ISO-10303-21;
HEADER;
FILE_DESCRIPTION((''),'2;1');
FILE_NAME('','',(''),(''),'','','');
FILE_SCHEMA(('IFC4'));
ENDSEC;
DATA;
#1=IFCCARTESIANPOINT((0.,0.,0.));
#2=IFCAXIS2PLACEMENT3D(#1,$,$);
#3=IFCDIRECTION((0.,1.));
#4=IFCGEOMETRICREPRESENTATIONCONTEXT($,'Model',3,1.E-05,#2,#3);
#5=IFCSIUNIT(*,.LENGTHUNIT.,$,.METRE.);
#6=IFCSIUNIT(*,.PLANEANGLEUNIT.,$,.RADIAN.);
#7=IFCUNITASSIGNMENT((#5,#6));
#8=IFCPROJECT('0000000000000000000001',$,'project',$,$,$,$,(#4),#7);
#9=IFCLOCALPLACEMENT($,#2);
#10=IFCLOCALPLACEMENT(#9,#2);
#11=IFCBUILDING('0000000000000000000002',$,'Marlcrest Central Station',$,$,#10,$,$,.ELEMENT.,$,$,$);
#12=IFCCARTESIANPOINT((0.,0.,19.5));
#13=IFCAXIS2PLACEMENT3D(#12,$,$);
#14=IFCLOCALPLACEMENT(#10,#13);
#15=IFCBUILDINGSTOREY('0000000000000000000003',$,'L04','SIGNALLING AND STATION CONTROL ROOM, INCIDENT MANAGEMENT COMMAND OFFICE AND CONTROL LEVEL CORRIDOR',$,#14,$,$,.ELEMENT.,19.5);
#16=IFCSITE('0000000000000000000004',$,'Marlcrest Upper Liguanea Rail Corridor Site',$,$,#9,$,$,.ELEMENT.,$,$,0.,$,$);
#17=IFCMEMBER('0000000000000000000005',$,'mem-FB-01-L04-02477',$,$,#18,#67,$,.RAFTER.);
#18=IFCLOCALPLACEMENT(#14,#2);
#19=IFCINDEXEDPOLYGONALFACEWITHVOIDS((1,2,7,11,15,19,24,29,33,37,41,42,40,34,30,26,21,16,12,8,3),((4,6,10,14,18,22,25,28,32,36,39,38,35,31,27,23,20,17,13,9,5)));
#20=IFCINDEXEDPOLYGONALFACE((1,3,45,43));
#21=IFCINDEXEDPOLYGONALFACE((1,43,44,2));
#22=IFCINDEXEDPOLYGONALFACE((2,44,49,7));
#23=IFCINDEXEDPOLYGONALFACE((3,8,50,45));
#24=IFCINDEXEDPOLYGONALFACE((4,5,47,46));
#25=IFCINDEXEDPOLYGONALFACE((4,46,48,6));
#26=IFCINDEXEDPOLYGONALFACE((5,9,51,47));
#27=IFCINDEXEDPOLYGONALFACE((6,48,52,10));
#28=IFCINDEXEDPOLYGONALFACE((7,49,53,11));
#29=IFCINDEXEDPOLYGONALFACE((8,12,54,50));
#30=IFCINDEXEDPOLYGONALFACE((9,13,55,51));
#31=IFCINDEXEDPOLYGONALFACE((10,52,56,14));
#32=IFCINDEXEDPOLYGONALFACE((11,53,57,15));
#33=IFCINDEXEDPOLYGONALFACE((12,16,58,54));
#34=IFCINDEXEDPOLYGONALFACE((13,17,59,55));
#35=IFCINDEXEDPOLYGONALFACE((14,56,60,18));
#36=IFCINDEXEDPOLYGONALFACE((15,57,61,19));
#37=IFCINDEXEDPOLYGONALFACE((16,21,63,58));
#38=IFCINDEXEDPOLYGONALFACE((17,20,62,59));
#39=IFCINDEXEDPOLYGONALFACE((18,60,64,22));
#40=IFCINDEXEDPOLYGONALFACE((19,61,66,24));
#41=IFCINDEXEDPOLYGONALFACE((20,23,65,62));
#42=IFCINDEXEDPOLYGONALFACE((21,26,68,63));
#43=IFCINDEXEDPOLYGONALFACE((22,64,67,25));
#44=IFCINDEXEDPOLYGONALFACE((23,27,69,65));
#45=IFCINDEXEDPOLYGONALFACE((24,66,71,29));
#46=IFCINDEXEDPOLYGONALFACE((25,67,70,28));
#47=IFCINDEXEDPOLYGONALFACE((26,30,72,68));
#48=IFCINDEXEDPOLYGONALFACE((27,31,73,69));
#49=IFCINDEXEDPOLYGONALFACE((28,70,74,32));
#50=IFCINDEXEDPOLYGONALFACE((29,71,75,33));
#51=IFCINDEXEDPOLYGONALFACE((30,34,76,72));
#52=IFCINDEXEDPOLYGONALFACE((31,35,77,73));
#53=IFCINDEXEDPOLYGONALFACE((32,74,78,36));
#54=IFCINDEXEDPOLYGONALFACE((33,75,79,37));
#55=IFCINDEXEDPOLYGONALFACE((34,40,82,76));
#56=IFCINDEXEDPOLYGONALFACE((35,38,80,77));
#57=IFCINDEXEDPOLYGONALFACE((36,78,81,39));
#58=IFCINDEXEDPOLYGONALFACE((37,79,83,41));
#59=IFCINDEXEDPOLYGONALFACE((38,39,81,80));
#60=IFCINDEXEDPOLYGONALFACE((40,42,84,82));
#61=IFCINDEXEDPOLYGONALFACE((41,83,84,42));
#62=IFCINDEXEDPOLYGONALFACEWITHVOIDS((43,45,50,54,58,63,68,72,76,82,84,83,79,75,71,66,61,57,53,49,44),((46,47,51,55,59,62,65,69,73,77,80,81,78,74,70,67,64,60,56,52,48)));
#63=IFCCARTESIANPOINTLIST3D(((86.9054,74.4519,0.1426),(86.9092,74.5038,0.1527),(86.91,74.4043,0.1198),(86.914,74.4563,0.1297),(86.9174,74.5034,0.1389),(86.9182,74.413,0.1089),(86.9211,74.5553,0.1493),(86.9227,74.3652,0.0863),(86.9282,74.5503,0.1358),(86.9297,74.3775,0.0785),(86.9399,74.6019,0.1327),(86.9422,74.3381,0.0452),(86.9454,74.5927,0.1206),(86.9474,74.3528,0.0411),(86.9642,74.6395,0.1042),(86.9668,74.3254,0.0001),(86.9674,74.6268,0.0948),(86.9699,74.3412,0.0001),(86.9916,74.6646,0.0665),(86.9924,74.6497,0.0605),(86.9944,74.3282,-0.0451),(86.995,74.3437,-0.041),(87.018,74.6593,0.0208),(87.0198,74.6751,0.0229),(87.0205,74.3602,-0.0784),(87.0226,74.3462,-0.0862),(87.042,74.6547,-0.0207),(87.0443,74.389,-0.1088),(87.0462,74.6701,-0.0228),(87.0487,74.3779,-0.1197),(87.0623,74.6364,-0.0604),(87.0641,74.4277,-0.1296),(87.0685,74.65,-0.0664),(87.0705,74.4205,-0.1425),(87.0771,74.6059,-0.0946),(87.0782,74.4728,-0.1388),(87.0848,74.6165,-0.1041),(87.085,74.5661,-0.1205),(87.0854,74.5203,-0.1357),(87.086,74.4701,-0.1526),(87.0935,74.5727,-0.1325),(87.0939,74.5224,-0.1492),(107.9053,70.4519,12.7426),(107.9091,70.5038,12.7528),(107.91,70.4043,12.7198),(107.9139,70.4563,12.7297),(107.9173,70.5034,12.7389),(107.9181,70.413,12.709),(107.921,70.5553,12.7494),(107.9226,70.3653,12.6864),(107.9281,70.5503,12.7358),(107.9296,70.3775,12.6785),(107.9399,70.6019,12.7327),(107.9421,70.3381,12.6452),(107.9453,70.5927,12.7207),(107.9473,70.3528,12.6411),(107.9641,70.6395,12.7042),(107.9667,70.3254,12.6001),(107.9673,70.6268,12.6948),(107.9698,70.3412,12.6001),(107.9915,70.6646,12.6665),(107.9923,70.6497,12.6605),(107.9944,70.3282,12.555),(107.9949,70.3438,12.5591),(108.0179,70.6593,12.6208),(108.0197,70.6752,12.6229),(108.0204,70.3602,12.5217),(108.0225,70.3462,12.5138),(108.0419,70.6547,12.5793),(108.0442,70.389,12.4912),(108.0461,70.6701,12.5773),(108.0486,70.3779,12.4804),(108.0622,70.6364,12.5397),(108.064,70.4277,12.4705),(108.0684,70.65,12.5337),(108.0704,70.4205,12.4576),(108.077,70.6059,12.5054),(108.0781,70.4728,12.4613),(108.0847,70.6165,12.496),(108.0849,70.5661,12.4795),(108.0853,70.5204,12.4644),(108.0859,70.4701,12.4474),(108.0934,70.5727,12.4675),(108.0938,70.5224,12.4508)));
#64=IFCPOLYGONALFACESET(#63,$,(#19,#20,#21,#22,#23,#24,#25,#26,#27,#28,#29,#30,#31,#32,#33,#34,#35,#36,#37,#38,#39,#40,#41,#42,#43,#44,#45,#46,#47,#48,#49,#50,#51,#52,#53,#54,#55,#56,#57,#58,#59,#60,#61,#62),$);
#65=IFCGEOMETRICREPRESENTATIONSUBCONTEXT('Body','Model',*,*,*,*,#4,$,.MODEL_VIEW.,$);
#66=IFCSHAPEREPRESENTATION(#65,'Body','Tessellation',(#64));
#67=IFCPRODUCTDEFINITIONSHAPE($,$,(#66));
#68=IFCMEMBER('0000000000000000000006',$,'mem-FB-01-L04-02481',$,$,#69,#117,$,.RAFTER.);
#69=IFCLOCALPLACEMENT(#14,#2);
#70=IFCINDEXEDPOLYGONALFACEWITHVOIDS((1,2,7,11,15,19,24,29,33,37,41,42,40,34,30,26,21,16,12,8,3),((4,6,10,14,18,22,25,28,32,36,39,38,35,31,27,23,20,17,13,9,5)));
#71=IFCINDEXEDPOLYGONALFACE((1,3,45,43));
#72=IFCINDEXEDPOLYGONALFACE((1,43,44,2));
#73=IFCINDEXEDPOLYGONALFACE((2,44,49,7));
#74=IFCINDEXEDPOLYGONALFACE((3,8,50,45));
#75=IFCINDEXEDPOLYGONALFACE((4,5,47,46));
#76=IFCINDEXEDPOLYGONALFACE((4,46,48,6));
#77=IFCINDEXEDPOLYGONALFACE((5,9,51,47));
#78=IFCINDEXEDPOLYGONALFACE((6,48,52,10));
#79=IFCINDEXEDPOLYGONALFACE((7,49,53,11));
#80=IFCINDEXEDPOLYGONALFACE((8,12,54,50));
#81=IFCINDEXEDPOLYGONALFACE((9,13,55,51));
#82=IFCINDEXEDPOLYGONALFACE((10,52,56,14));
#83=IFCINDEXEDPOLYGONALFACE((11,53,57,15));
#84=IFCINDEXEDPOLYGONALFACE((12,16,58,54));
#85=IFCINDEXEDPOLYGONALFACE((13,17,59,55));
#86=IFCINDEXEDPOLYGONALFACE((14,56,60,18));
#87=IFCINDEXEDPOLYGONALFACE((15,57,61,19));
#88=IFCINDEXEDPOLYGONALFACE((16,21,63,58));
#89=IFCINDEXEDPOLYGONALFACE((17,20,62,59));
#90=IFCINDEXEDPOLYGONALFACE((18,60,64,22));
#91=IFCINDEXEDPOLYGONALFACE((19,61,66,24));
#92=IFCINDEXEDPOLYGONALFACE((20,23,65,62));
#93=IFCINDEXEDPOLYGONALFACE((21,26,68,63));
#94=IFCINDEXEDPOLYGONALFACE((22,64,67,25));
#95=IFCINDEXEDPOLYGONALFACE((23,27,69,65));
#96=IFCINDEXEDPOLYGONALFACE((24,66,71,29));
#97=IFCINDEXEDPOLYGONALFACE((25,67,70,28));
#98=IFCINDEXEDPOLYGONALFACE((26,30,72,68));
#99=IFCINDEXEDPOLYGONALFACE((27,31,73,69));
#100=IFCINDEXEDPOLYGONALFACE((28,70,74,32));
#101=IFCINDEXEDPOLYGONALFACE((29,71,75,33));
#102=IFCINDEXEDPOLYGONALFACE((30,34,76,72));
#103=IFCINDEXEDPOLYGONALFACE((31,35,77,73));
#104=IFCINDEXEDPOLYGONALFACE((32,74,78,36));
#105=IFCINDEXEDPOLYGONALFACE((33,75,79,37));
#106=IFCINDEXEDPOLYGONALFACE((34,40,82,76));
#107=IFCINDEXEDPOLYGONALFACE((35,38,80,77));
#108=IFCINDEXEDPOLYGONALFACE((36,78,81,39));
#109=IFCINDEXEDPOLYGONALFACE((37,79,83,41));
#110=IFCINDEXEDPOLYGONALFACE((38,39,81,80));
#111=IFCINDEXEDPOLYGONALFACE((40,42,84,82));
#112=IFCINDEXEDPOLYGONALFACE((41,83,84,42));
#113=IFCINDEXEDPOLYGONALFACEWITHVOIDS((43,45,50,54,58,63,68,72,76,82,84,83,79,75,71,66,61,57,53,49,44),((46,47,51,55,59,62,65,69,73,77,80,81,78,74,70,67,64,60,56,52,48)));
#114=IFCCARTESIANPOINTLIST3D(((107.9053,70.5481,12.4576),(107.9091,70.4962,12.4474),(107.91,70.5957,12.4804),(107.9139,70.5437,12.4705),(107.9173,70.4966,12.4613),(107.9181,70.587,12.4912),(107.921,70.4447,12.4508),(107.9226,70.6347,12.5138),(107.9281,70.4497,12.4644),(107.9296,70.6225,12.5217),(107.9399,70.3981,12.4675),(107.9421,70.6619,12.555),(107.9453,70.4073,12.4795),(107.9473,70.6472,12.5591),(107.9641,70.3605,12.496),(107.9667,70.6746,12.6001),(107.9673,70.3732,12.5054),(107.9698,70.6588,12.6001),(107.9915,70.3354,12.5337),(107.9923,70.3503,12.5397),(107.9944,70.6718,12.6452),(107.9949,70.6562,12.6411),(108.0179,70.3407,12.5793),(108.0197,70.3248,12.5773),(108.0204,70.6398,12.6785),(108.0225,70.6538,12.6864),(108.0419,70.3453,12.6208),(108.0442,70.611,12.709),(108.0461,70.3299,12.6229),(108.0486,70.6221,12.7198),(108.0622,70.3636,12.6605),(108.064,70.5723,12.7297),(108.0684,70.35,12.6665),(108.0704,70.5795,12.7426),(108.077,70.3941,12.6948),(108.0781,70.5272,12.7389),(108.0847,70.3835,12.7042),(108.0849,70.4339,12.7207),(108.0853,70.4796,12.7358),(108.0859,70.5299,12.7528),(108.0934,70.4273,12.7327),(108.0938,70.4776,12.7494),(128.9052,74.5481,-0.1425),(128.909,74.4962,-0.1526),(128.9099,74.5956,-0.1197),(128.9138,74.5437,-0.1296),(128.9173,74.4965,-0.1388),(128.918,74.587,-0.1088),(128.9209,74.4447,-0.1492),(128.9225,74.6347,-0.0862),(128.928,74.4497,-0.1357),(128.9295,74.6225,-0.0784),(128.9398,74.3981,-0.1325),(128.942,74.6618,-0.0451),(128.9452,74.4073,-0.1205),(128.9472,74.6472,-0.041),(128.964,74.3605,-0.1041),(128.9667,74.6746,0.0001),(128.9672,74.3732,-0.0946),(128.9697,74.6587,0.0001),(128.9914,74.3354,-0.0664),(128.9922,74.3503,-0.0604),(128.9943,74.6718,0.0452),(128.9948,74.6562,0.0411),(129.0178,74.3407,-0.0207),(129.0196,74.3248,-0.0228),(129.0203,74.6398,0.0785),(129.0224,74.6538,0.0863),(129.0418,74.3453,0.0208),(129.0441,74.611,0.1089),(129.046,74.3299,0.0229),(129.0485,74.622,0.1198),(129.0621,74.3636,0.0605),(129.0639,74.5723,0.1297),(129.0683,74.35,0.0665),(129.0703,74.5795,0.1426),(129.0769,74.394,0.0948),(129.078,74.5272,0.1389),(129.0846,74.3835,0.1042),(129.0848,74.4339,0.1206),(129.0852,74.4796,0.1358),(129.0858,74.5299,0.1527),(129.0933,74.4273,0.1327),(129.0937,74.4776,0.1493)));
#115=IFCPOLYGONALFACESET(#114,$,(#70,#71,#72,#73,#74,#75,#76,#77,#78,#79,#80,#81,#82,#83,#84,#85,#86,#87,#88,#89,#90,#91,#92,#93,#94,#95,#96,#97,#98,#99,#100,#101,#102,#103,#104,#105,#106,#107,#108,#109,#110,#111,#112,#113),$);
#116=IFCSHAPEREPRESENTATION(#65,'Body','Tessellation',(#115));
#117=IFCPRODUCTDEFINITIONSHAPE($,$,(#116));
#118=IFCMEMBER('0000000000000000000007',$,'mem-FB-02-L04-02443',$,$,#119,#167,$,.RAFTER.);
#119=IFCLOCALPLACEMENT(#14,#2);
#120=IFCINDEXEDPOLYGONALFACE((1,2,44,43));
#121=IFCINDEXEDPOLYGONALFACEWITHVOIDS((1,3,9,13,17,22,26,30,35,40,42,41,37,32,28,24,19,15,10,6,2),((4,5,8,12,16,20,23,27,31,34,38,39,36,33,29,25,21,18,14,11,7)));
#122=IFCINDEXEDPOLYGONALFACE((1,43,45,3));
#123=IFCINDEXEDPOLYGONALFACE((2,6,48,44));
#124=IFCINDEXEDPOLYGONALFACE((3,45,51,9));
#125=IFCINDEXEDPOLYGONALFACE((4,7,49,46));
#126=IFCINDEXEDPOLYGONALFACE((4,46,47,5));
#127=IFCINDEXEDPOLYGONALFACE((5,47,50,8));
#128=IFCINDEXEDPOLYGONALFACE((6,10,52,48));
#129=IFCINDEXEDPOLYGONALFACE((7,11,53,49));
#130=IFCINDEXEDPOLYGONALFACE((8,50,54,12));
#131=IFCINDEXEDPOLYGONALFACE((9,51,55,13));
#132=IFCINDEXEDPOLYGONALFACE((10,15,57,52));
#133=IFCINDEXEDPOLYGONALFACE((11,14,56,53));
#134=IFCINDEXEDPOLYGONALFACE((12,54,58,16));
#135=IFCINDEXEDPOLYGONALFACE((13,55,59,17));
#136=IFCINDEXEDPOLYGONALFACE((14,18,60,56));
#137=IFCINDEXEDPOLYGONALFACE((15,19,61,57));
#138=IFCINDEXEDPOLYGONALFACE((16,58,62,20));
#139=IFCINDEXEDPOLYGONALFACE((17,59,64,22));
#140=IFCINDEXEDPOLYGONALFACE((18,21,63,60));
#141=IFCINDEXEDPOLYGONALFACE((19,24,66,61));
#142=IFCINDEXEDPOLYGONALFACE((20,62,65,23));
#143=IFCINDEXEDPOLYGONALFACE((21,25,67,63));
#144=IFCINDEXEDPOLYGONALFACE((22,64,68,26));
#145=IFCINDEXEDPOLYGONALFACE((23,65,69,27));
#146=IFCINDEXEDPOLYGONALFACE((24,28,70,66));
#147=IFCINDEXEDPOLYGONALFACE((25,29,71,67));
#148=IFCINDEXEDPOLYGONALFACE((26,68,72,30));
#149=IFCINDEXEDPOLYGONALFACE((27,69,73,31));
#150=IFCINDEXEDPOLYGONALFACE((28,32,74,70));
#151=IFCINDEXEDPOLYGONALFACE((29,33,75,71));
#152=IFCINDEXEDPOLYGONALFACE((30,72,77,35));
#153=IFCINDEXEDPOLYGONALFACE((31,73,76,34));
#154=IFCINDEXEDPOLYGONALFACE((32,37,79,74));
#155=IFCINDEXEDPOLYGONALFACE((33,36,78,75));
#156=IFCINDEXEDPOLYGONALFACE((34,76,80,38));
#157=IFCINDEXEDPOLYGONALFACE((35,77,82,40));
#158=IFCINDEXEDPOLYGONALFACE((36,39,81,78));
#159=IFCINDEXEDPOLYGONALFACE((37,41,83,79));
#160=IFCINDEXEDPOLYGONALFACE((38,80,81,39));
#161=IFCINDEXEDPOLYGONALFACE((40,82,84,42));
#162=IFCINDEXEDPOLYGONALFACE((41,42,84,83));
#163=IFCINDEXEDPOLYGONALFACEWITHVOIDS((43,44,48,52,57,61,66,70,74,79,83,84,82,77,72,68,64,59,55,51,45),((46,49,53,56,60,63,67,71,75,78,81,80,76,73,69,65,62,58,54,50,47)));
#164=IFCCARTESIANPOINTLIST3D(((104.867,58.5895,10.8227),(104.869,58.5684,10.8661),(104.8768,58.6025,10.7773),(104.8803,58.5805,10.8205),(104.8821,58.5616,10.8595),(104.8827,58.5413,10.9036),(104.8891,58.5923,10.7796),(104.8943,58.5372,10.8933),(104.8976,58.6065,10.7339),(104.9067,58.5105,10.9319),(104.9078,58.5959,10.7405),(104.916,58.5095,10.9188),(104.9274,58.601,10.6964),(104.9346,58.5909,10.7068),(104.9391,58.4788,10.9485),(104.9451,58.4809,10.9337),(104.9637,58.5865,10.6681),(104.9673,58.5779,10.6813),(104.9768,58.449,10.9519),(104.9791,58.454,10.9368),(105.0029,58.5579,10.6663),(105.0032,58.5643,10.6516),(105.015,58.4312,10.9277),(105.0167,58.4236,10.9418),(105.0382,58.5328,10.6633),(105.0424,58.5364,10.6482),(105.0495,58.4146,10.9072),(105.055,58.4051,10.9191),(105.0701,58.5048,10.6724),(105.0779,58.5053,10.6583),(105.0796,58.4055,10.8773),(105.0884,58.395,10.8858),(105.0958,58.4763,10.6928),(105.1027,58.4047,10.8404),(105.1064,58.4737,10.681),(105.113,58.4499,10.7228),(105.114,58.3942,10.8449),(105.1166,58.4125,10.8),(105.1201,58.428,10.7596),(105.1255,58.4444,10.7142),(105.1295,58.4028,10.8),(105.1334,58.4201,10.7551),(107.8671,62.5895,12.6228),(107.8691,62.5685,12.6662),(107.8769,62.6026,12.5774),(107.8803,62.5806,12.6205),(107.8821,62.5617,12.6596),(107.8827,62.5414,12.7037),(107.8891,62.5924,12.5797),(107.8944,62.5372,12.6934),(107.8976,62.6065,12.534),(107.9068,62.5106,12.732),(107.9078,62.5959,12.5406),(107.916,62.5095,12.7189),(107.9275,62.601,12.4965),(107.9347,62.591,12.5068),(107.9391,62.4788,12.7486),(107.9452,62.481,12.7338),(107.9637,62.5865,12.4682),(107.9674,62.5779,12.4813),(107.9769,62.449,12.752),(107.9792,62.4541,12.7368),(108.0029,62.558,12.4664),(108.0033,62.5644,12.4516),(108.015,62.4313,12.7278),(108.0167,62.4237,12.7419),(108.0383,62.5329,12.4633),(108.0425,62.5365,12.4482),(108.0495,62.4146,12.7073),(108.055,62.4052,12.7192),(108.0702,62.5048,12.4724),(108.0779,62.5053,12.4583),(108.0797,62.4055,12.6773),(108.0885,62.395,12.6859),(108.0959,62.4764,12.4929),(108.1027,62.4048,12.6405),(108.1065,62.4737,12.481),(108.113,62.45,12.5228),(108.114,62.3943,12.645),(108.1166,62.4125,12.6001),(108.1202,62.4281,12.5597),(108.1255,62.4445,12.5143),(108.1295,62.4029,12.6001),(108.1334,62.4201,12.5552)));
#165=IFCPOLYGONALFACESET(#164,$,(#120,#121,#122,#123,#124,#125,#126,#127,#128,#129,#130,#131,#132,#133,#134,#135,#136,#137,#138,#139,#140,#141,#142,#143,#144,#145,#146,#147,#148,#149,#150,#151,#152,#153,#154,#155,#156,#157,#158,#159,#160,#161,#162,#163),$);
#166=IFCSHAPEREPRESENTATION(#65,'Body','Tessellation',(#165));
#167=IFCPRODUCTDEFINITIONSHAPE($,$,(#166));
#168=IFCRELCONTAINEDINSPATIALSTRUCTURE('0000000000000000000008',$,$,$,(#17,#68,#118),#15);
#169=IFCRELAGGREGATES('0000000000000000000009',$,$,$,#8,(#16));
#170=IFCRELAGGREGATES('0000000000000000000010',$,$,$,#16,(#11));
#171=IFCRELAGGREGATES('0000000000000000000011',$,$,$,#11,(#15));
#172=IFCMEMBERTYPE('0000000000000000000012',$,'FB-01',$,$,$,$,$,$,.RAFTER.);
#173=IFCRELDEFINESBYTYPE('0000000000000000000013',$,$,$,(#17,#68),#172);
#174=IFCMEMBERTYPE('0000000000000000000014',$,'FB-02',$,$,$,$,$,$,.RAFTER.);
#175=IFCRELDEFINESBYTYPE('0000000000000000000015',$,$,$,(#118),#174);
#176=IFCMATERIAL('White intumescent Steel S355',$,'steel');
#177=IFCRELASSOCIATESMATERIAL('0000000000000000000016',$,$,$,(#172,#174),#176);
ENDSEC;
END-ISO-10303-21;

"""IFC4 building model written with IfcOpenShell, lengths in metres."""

from ifc_helpers import new_model, si_unit, direction, frame, origin, origin_2d, place, context, subcontext, project, spatial, hollow_circle, extrude, material, material_profile, profile_set, type_object, element, save


model = new_model("IFC4")

# Units and contexts
model_context = context("Model", 3, precision=1e-05, world=origin(), true_north=direction((0.0, 1.0)))
body_context = subcontext(model_context, "Body", "Model", "MODEL_VIEW")
ifc_project = project(units=[si_unit("LENGTHUNIT", "METRE"), si_unit("PLANEANGLEUNIT", "RADIAN")], contexts=[model_context])

# Site, building, storey
site_placement = place(None, origin())
site = spatial("IfcSite", under=ifc_project, at=site_placement, Name="Marlcrest Upper Liguanea Rail Corridor Site", CompositionType="ELEMENT", RefElevation=0.0)
building_placement = place(site_placement, origin())
building = spatial("IfcBuilding", under=site, at=building_placement, Name="Marlcrest Central Station", CompositionType="ELEMENT")
storey_placement = place(building_placement, frame((0.0, 0.0, 19.5)))
storey = spatial("IfcBuildingStorey", under=building, at=storey_placement, Name="L04", Description="SIGNALLING AND STATION CONTROL ROOM, INCIDENT MANAGEMENT COMMAND OFFICE AND CONTROL LEVEL CORRIDOR", CompositionType="ELEMENT", Elevation=19.5)

# Members
ifc_material_1 = material(Name="White intumescent Steel S355", Category="steel")
ifc_material_profile_1 = material_profile(ifc_material_1, hollow_circle(Radius=0.1777, WallThickness=0.0161, at=origin_2d()), Name="CHS 355.6x16")
ifc_profile_set_1 = profile_set([ifc_material_profile_1], Name="White intumescent Steel S355")
member_type_1 = type_object("IfcMemberType", Name="FB-01", PredefinedType="RAFTER", material=ifc_profile_set_1)
for number, where, z_axis, x_axis, name in (
    (1, (108.0, 70.5, 12.6001), (-0.846277, 0.161196, -0.50777), (-0.187112, -0.982339, 0.0), "mem-FB-01-L04-02477"),
    (2, (108.0, 70.5, 12.6001), (0.846277, 0.161196, -0.50777), (-0.187112, 0.982339, 0.0), "mem-FB-01-L04-02481"),
):
    element("IfcMember", number, at=place(storey_placement, frame(where, z_axis=z_axis, x_axis=x_axis)), inside=storey, type_object=member_type_1, Name=name, PredefinedType="RAFTER", context=body_context, shape_type="SweptSolid", body=[
        extrude(hollow_circle(Radius=0.1777, WallThickness=0.0161, at=origin_2d()), origin(), (0.0, 0.0, 1.0), 24.8145),
    ])
ifc_material_profile_2 = material_profile(ifc_material_1, hollow_circle(Radius=0.1619, WallThickness=0.0161, at=origin_2d()), Name="CHS 323.9x16")
ifc_profile_set_2 = profile_set([ifc_material_profile_2], Name="White intumescent Steel S355")
member_type_2 = type_object("IfcMemberType", Name="FB-02", PredefinedType="RAFTER", material=ifc_profile_set_2)
for number, where, z_axis, x_axis, name in (
    (3, (108.0, 62.5, 12.6001), (-0.564531, -0.752708, -0.338728), (0.8, -0.6, 0.0), "mem-FB-02-L04-02443"),
):
    element("IfcMember", number, at=place(storey_placement, frame(where, z_axis=z_axis, x_axis=x_axis)), inside=storey, type_object=member_type_2, Name=name, PredefinedType="RAFTER", context=body_context, shape_type="SweptSolid", body=[
        extrude(hollow_circle(Radius=0.1619, WallThickness=0.0161, at=origin_2d()), origin(), (0.0, 0.0, 1.0), 5.3142),
    ])

save(model, "model.ifc")
